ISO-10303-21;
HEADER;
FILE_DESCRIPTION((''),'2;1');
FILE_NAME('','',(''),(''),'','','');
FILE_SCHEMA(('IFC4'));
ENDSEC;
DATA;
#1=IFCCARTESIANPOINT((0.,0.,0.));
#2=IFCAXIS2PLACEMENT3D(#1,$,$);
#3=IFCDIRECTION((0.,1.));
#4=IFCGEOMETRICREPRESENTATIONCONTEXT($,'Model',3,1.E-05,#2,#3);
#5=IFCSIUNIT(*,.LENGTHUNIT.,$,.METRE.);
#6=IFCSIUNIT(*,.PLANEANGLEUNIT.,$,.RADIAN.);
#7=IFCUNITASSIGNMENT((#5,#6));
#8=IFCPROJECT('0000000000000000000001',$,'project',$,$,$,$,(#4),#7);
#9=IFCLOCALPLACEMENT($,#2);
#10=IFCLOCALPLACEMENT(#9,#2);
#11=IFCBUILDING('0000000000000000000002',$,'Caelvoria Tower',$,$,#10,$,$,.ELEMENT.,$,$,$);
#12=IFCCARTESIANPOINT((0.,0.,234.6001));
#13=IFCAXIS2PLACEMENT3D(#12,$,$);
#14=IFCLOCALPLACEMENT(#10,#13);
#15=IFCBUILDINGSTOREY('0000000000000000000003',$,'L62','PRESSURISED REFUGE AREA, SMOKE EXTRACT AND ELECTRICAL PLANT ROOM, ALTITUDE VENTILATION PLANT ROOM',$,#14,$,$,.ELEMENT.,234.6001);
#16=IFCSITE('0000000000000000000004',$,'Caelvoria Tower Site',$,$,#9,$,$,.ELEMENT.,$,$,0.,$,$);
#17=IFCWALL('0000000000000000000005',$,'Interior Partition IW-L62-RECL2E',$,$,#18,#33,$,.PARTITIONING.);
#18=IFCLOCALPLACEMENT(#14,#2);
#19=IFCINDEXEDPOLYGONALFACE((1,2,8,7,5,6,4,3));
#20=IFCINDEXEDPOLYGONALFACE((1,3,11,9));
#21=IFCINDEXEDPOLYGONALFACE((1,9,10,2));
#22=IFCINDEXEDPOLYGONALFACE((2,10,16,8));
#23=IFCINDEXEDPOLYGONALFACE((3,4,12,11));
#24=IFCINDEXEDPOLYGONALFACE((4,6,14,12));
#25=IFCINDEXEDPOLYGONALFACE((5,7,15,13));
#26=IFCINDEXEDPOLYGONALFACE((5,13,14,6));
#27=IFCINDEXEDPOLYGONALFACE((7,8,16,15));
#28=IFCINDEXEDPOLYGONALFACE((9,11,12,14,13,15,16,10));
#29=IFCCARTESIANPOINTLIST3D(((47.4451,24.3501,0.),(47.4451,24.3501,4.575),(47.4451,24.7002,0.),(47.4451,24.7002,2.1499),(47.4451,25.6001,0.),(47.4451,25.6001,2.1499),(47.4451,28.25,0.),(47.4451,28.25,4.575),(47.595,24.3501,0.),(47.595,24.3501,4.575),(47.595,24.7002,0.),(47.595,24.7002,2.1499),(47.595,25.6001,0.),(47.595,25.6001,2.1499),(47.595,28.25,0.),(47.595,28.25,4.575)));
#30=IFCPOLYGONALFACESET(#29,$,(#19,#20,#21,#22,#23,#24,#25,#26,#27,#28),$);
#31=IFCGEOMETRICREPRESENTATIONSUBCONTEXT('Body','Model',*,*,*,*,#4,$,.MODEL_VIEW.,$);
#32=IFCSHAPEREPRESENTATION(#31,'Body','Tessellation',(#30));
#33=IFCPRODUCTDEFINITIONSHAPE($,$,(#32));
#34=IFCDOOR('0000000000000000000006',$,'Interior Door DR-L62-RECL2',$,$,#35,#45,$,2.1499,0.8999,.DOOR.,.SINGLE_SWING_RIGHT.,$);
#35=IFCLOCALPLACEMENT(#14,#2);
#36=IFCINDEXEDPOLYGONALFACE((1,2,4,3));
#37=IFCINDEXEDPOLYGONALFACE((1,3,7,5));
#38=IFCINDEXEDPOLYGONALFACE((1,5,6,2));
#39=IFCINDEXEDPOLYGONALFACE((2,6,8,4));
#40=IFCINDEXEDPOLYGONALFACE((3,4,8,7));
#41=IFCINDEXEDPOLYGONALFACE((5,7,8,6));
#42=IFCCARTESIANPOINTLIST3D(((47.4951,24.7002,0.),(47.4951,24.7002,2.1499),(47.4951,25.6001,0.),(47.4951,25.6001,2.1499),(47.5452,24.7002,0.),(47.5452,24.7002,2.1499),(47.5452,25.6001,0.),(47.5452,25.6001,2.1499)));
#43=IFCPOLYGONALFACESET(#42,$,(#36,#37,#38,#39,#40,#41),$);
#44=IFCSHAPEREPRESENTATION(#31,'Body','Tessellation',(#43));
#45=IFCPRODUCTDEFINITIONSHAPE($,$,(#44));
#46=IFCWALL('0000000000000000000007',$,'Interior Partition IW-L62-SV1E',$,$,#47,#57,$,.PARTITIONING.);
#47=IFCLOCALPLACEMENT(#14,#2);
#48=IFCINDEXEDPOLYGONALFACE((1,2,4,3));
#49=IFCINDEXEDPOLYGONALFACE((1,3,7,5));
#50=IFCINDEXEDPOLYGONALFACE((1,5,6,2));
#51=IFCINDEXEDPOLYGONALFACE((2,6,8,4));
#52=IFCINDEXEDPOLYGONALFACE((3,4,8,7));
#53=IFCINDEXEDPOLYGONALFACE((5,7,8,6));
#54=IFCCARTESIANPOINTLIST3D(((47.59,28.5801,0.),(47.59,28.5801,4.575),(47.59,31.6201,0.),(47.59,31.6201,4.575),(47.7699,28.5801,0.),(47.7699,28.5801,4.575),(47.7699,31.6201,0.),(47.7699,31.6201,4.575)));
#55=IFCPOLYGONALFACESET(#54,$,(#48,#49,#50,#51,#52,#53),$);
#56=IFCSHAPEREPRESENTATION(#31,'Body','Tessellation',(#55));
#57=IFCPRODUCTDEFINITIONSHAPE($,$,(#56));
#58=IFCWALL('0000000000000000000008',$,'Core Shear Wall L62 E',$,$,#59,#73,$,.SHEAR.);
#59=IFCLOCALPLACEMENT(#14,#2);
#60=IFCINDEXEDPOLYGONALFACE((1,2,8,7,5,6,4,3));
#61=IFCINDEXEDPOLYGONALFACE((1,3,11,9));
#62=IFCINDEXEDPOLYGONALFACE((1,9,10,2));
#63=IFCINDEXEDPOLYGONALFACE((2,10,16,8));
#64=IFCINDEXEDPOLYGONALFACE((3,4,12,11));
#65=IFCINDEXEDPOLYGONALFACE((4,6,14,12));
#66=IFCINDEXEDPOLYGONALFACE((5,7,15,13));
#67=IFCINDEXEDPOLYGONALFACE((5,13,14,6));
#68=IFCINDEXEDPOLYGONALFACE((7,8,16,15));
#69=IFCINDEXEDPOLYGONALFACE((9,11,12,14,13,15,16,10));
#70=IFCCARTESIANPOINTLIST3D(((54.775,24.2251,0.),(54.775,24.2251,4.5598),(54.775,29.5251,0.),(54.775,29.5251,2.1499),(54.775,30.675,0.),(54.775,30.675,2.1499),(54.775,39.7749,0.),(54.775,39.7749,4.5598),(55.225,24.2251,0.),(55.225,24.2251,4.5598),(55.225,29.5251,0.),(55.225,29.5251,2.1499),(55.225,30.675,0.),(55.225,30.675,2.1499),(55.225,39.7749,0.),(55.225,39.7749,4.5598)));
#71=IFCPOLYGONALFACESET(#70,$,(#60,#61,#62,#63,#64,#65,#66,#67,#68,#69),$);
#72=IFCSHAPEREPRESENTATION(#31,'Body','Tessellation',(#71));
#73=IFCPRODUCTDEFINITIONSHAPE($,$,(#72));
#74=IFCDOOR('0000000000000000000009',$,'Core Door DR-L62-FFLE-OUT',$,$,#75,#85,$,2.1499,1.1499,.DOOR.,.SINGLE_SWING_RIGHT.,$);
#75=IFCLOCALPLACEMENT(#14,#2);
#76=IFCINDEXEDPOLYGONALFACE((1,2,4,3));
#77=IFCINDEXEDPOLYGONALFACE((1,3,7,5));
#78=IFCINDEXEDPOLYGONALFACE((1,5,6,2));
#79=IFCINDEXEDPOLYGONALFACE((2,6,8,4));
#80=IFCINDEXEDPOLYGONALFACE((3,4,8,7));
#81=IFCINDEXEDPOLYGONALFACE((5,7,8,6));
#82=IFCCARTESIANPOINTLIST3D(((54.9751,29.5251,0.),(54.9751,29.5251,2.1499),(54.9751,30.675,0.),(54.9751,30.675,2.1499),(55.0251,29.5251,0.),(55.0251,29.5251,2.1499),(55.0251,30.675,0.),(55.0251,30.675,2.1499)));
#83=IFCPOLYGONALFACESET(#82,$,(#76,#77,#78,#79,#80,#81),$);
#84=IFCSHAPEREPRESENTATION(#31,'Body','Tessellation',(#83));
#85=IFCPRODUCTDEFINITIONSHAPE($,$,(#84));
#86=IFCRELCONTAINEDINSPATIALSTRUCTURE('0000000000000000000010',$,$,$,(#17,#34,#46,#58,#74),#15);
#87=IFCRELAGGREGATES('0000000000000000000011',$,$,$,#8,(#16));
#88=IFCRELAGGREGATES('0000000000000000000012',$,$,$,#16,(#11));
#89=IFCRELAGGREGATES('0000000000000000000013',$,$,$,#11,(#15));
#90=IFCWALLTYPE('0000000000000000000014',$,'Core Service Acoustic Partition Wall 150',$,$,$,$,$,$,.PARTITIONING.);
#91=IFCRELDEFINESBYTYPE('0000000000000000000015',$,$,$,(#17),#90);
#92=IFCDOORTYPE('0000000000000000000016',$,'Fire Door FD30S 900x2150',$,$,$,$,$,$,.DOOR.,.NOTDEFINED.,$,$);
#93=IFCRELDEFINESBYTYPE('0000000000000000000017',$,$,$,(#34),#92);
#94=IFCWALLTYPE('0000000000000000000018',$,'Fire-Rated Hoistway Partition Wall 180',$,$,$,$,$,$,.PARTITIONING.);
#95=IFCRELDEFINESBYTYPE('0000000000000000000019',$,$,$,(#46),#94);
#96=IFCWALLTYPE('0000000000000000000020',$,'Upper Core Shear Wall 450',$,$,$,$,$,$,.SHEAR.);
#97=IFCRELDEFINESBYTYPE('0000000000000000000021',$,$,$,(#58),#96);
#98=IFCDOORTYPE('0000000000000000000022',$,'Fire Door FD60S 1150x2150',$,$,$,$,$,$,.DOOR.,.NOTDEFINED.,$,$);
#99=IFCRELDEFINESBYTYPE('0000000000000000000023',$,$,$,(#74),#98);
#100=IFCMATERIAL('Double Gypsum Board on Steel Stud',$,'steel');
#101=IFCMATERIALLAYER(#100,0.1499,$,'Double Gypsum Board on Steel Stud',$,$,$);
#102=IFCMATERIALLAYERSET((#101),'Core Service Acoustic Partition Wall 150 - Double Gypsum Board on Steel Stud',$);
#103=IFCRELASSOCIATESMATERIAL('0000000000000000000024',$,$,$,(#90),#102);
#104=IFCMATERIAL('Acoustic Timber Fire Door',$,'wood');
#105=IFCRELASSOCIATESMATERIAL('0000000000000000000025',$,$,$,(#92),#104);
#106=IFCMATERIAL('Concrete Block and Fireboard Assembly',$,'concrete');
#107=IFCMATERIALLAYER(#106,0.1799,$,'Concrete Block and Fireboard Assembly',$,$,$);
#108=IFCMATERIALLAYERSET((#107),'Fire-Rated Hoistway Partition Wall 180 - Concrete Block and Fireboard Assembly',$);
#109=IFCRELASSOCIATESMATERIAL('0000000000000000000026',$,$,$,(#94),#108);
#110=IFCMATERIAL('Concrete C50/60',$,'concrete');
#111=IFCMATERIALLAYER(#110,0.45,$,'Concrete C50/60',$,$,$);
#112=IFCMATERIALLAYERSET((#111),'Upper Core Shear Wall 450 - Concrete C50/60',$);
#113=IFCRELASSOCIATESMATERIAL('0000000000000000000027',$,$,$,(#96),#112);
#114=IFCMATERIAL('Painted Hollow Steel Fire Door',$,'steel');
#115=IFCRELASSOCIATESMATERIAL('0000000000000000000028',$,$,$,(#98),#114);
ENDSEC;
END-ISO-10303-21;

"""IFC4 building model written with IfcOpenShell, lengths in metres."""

from ifc_helpers import new_model, si_unit, direction, frame, frame_2d, origin, place, context, subcontext, project, spatial, rectangle, extrude, material, layer, layer_set, type_object, element, fill, save


model = new_model("IFC4")

# Units and contexts
model_context = context("Model", 3, precision=1e-05, world=origin(), true_north=direction((0.0, 1.0)))
body_context = subcontext(model_context, "Body", "Model", "MODEL_VIEW")
ifc_project = project(units=[si_unit("LENGTHUNIT", "METRE"), si_unit("PLANEANGLEUNIT", "RADIAN")], contexts=[model_context])

# Site, building, storey
site_placement = place(None, origin())
site = spatial("IfcSite", under=ifc_project, at=site_placement, Name="Caelvoria Tower Site", CompositionType="ELEMENT", RefElevation=0.0)
building_placement = place(site_placement, origin())
building = spatial("IfcBuilding", under=site, at=building_placement, Name="Caelvoria Tower", CompositionType="ELEMENT")
storey_placement = place(building_placement, frame((0.0, 0.0, 234.6001)))
storey = spatial("IfcBuildingStorey", under=building, at=storey_placement, Name="L62", Description="PRESSURISED REFUGE AREA, SMOKE EXTRACT AND ELECTRICAL PLANT ROOM, ALTITUDE VENTILATION PLANT ROOM", CompositionType="ELEMENT", Elevation=234.6001)

# Shared definitions
ifc_material_1 = material(Name="Concrete C50/60", Category="concrete")

# Wall, opening, door
ifc_material_2 = material(Name="Double Gypsum Board on Steel Stud", Category="steel")
ifc_layer_1 = layer(ifc_material_2, 0.1499, Name="Double Gypsum Board on Steel Stud")
ifc_layer_set_1 = layer_set([ifc_layer_1], Name="Core Service Acoustic Partition Wall 150 - Double Gypsum Board on Steel Stud")
wall_type_1 = type_object("IfcWallType", Name="Core Service Acoustic Partition Wall 150", PredefinedType="PARTITIONING", material=ifc_layer_set_1)
wall_1_placement = place(storey_placement, frame((47.52, 24.3501, 0.0), z_axis=(0.0, 0.0, 1.0), x_axis=(0.0, 1.0, 0.0)))
wall_1 = element("IfcWall", 1, at=wall_1_placement, inside=storey, type_object=wall_type_1, Name="Interior Partition IW-L62-RECL2E", PredefinedType="PARTITIONING", context=body_context, shape_type="SweptSolid", body=[
    extrude(rectangle(XDim=3.8999, YDim=0.1499, at=frame_2d((1.95, 0.0))), origin(), (0.0, 0.0, 1.0), 4.575),
])
opening_1_placement = place(wall_1_placement, frame((0.3501, 0.0, 0.0)))
opening_1 = element("IfcOpeningElement", 2, at=opening_1_placement, cuts=wall_1, PredefinedType="OPENING", context=body_context, shape_type="SweptSolid", body=[
    extrude(rectangle(XDim=0.8999, YDim=2.1499, at=frame_2d((0.45, 1.075))), frame((0.0, 0.085, 0.0), z_axis=(0.0, -1.0, 0.0), x_axis=(1.0, 0.0, 0.0)), (0.0, 0.0, 1.0), 0.1699),
])
ifc_material_3 = material(Name="Acoustic Timber Fire Door", Category="wood")
door_type_1 = type_object("IfcDoorType", Name="Fire Door FD30S 900x2150", OperationType="NOTDEFINED", PredefinedType="DOOR", material=ifc_material_3)
door_1_placement = place(opening_1_placement, origin())
door_1 = element("IfcDoor", 3, at=door_1_placement, inside=storey, type_object=door_type_1, Name="Interior Door DR-L62-RECL2", OperationType="SINGLE_SWING_RIGHT", OverallHeight=2.1499, OverallWidth=0.8999, PredefinedType="DOOR", context=body_context, shape_type="SweptSolid", body=[
    extrude(rectangle(XDim=0.8999, YDim=2.1499, at=frame_2d((0.45, 1.075))), frame((0.0, 0.0249, 0.0), z_axis=(0.0, -1.0, 0.0), x_axis=(1.0, 0.0, 0.0)), (0.0, 0.0, 1.0), 0.05),
])
fill(opening_1, door_1)

# Wall
ifc_material_4 = material(Name="Concrete Block and Fireboard Assembly", Category="concrete")
ifc_layer_2 = layer(ifc_material_4, 0.1799, Name="Concrete Block and Fireboard Assembly")
ifc_layer_set_2 = layer_set([ifc_layer_2], Name="Fire-Rated Hoistway Partition Wall 180 - Concrete Block and Fireboard Assembly")
wall_type_2 = type_object("IfcWallType", Name="Fire-Rated Hoistway Partition Wall 180", PredefinedType="PARTITIONING", material=ifc_layer_set_2)
wall_2_placement = place(storey_placement, frame((47.6799, 28.5801, 0.0), z_axis=(0.0, 0.0, 1.0), x_axis=(0.0, 1.0, 0.0)))
element("IfcWall", 4, at=wall_2_placement, inside=storey, type_object=wall_type_2, Name="Interior Partition IW-L62-SV1E", PredefinedType="PARTITIONING", context=body_context, shape_type="SweptSolid", body=[
    extrude(rectangle(XDim=3.04, YDim=0.1799, at=frame_2d((1.52, 0.0))), origin(), (0.0, 0.0, 1.0), 4.575),
])

# Wall, opening, door
ifc_layer_3 = layer(ifc_material_1, 0.45, Name="Concrete C50/60")
ifc_layer_set_3 = layer_set([ifc_layer_3], Name="Upper Core Shear Wall 450 - Concrete C50/60")
wall_type_3 = type_object("IfcWallType", Name="Upper Core Shear Wall 450", PredefinedType="SHEAR", material=ifc_layer_set_3)
wall_3_placement = place(storey_placement, frame((55.0, 24.2251, 0.0), z_axis=(0.0, 0.0, 1.0), x_axis=(0.0, 1.0, 0.0)))
wall_3 = element("IfcWall", 5, at=wall_3_placement, inside=storey, type_object=wall_type_3, Name="Core Shear Wall L62 E", PredefinedType="SHEAR", context=body_context, shape_type="SweptSolid", body=[
    extrude(rectangle(XDim=15.5498, YDim=0.45, at=frame_2d((7.7749, 0.0))), origin(), (0.0, 0.0, 1.0), 4.5598),
])
opening_2_placement = place(wall_3_placement, frame((5.3, 0.0, 0.0)))
opening_2 = element("IfcOpeningElement", 6, at=opening_2_placement, cuts=wall_3, PredefinedType="OPENING", context=body_context, shape_type="SweptSolid", body=[
    extrude(rectangle(XDim=1.1499, YDim=2.1499, at=frame_2d((0.575, 1.075))), frame((0.0, 0.2349, 0.0), z_axis=(0.0, -1.0, 0.0), x_axis=(1.0, 0.0, 0.0)), (0.0, 0.0, 1.0), 0.47),
])
ifc_material_5 = material(Name="Painted Hollow Steel Fire Door", Category="steel")
door_type_2 = type_object("IfcDoorType", Name="Fire Door FD60S 1150x2150", OperationType="NOTDEFINED", PredefinedType="DOOR", material=ifc_material_5)
door_2_placement = place(opening_2_placement, origin())
door_2 = element("IfcDoor", 7, at=door_2_placement, inside=storey, type_object=door_type_2, Name="Core Door DR-L62-FFLE-OUT", OperationType="SINGLE_SWING_RIGHT", OverallHeight=2.1499, OverallWidth=1.1499, PredefinedType="DOOR", context=body_context, shape_type="SweptSolid", body=[
    extrude(rectangle(XDim=1.1499, YDim=2.1499, at=frame_2d((0.575, 1.075))), frame((0.0, 0.0249, 0.0), z_axis=(0.0, -1.0, 0.0), x_axis=(1.0, 0.0, 0.0)), (0.0, 0.0, 1.0), 0.05),
])
fill(opening_2, door_2)

save(model, "model.ifc")
